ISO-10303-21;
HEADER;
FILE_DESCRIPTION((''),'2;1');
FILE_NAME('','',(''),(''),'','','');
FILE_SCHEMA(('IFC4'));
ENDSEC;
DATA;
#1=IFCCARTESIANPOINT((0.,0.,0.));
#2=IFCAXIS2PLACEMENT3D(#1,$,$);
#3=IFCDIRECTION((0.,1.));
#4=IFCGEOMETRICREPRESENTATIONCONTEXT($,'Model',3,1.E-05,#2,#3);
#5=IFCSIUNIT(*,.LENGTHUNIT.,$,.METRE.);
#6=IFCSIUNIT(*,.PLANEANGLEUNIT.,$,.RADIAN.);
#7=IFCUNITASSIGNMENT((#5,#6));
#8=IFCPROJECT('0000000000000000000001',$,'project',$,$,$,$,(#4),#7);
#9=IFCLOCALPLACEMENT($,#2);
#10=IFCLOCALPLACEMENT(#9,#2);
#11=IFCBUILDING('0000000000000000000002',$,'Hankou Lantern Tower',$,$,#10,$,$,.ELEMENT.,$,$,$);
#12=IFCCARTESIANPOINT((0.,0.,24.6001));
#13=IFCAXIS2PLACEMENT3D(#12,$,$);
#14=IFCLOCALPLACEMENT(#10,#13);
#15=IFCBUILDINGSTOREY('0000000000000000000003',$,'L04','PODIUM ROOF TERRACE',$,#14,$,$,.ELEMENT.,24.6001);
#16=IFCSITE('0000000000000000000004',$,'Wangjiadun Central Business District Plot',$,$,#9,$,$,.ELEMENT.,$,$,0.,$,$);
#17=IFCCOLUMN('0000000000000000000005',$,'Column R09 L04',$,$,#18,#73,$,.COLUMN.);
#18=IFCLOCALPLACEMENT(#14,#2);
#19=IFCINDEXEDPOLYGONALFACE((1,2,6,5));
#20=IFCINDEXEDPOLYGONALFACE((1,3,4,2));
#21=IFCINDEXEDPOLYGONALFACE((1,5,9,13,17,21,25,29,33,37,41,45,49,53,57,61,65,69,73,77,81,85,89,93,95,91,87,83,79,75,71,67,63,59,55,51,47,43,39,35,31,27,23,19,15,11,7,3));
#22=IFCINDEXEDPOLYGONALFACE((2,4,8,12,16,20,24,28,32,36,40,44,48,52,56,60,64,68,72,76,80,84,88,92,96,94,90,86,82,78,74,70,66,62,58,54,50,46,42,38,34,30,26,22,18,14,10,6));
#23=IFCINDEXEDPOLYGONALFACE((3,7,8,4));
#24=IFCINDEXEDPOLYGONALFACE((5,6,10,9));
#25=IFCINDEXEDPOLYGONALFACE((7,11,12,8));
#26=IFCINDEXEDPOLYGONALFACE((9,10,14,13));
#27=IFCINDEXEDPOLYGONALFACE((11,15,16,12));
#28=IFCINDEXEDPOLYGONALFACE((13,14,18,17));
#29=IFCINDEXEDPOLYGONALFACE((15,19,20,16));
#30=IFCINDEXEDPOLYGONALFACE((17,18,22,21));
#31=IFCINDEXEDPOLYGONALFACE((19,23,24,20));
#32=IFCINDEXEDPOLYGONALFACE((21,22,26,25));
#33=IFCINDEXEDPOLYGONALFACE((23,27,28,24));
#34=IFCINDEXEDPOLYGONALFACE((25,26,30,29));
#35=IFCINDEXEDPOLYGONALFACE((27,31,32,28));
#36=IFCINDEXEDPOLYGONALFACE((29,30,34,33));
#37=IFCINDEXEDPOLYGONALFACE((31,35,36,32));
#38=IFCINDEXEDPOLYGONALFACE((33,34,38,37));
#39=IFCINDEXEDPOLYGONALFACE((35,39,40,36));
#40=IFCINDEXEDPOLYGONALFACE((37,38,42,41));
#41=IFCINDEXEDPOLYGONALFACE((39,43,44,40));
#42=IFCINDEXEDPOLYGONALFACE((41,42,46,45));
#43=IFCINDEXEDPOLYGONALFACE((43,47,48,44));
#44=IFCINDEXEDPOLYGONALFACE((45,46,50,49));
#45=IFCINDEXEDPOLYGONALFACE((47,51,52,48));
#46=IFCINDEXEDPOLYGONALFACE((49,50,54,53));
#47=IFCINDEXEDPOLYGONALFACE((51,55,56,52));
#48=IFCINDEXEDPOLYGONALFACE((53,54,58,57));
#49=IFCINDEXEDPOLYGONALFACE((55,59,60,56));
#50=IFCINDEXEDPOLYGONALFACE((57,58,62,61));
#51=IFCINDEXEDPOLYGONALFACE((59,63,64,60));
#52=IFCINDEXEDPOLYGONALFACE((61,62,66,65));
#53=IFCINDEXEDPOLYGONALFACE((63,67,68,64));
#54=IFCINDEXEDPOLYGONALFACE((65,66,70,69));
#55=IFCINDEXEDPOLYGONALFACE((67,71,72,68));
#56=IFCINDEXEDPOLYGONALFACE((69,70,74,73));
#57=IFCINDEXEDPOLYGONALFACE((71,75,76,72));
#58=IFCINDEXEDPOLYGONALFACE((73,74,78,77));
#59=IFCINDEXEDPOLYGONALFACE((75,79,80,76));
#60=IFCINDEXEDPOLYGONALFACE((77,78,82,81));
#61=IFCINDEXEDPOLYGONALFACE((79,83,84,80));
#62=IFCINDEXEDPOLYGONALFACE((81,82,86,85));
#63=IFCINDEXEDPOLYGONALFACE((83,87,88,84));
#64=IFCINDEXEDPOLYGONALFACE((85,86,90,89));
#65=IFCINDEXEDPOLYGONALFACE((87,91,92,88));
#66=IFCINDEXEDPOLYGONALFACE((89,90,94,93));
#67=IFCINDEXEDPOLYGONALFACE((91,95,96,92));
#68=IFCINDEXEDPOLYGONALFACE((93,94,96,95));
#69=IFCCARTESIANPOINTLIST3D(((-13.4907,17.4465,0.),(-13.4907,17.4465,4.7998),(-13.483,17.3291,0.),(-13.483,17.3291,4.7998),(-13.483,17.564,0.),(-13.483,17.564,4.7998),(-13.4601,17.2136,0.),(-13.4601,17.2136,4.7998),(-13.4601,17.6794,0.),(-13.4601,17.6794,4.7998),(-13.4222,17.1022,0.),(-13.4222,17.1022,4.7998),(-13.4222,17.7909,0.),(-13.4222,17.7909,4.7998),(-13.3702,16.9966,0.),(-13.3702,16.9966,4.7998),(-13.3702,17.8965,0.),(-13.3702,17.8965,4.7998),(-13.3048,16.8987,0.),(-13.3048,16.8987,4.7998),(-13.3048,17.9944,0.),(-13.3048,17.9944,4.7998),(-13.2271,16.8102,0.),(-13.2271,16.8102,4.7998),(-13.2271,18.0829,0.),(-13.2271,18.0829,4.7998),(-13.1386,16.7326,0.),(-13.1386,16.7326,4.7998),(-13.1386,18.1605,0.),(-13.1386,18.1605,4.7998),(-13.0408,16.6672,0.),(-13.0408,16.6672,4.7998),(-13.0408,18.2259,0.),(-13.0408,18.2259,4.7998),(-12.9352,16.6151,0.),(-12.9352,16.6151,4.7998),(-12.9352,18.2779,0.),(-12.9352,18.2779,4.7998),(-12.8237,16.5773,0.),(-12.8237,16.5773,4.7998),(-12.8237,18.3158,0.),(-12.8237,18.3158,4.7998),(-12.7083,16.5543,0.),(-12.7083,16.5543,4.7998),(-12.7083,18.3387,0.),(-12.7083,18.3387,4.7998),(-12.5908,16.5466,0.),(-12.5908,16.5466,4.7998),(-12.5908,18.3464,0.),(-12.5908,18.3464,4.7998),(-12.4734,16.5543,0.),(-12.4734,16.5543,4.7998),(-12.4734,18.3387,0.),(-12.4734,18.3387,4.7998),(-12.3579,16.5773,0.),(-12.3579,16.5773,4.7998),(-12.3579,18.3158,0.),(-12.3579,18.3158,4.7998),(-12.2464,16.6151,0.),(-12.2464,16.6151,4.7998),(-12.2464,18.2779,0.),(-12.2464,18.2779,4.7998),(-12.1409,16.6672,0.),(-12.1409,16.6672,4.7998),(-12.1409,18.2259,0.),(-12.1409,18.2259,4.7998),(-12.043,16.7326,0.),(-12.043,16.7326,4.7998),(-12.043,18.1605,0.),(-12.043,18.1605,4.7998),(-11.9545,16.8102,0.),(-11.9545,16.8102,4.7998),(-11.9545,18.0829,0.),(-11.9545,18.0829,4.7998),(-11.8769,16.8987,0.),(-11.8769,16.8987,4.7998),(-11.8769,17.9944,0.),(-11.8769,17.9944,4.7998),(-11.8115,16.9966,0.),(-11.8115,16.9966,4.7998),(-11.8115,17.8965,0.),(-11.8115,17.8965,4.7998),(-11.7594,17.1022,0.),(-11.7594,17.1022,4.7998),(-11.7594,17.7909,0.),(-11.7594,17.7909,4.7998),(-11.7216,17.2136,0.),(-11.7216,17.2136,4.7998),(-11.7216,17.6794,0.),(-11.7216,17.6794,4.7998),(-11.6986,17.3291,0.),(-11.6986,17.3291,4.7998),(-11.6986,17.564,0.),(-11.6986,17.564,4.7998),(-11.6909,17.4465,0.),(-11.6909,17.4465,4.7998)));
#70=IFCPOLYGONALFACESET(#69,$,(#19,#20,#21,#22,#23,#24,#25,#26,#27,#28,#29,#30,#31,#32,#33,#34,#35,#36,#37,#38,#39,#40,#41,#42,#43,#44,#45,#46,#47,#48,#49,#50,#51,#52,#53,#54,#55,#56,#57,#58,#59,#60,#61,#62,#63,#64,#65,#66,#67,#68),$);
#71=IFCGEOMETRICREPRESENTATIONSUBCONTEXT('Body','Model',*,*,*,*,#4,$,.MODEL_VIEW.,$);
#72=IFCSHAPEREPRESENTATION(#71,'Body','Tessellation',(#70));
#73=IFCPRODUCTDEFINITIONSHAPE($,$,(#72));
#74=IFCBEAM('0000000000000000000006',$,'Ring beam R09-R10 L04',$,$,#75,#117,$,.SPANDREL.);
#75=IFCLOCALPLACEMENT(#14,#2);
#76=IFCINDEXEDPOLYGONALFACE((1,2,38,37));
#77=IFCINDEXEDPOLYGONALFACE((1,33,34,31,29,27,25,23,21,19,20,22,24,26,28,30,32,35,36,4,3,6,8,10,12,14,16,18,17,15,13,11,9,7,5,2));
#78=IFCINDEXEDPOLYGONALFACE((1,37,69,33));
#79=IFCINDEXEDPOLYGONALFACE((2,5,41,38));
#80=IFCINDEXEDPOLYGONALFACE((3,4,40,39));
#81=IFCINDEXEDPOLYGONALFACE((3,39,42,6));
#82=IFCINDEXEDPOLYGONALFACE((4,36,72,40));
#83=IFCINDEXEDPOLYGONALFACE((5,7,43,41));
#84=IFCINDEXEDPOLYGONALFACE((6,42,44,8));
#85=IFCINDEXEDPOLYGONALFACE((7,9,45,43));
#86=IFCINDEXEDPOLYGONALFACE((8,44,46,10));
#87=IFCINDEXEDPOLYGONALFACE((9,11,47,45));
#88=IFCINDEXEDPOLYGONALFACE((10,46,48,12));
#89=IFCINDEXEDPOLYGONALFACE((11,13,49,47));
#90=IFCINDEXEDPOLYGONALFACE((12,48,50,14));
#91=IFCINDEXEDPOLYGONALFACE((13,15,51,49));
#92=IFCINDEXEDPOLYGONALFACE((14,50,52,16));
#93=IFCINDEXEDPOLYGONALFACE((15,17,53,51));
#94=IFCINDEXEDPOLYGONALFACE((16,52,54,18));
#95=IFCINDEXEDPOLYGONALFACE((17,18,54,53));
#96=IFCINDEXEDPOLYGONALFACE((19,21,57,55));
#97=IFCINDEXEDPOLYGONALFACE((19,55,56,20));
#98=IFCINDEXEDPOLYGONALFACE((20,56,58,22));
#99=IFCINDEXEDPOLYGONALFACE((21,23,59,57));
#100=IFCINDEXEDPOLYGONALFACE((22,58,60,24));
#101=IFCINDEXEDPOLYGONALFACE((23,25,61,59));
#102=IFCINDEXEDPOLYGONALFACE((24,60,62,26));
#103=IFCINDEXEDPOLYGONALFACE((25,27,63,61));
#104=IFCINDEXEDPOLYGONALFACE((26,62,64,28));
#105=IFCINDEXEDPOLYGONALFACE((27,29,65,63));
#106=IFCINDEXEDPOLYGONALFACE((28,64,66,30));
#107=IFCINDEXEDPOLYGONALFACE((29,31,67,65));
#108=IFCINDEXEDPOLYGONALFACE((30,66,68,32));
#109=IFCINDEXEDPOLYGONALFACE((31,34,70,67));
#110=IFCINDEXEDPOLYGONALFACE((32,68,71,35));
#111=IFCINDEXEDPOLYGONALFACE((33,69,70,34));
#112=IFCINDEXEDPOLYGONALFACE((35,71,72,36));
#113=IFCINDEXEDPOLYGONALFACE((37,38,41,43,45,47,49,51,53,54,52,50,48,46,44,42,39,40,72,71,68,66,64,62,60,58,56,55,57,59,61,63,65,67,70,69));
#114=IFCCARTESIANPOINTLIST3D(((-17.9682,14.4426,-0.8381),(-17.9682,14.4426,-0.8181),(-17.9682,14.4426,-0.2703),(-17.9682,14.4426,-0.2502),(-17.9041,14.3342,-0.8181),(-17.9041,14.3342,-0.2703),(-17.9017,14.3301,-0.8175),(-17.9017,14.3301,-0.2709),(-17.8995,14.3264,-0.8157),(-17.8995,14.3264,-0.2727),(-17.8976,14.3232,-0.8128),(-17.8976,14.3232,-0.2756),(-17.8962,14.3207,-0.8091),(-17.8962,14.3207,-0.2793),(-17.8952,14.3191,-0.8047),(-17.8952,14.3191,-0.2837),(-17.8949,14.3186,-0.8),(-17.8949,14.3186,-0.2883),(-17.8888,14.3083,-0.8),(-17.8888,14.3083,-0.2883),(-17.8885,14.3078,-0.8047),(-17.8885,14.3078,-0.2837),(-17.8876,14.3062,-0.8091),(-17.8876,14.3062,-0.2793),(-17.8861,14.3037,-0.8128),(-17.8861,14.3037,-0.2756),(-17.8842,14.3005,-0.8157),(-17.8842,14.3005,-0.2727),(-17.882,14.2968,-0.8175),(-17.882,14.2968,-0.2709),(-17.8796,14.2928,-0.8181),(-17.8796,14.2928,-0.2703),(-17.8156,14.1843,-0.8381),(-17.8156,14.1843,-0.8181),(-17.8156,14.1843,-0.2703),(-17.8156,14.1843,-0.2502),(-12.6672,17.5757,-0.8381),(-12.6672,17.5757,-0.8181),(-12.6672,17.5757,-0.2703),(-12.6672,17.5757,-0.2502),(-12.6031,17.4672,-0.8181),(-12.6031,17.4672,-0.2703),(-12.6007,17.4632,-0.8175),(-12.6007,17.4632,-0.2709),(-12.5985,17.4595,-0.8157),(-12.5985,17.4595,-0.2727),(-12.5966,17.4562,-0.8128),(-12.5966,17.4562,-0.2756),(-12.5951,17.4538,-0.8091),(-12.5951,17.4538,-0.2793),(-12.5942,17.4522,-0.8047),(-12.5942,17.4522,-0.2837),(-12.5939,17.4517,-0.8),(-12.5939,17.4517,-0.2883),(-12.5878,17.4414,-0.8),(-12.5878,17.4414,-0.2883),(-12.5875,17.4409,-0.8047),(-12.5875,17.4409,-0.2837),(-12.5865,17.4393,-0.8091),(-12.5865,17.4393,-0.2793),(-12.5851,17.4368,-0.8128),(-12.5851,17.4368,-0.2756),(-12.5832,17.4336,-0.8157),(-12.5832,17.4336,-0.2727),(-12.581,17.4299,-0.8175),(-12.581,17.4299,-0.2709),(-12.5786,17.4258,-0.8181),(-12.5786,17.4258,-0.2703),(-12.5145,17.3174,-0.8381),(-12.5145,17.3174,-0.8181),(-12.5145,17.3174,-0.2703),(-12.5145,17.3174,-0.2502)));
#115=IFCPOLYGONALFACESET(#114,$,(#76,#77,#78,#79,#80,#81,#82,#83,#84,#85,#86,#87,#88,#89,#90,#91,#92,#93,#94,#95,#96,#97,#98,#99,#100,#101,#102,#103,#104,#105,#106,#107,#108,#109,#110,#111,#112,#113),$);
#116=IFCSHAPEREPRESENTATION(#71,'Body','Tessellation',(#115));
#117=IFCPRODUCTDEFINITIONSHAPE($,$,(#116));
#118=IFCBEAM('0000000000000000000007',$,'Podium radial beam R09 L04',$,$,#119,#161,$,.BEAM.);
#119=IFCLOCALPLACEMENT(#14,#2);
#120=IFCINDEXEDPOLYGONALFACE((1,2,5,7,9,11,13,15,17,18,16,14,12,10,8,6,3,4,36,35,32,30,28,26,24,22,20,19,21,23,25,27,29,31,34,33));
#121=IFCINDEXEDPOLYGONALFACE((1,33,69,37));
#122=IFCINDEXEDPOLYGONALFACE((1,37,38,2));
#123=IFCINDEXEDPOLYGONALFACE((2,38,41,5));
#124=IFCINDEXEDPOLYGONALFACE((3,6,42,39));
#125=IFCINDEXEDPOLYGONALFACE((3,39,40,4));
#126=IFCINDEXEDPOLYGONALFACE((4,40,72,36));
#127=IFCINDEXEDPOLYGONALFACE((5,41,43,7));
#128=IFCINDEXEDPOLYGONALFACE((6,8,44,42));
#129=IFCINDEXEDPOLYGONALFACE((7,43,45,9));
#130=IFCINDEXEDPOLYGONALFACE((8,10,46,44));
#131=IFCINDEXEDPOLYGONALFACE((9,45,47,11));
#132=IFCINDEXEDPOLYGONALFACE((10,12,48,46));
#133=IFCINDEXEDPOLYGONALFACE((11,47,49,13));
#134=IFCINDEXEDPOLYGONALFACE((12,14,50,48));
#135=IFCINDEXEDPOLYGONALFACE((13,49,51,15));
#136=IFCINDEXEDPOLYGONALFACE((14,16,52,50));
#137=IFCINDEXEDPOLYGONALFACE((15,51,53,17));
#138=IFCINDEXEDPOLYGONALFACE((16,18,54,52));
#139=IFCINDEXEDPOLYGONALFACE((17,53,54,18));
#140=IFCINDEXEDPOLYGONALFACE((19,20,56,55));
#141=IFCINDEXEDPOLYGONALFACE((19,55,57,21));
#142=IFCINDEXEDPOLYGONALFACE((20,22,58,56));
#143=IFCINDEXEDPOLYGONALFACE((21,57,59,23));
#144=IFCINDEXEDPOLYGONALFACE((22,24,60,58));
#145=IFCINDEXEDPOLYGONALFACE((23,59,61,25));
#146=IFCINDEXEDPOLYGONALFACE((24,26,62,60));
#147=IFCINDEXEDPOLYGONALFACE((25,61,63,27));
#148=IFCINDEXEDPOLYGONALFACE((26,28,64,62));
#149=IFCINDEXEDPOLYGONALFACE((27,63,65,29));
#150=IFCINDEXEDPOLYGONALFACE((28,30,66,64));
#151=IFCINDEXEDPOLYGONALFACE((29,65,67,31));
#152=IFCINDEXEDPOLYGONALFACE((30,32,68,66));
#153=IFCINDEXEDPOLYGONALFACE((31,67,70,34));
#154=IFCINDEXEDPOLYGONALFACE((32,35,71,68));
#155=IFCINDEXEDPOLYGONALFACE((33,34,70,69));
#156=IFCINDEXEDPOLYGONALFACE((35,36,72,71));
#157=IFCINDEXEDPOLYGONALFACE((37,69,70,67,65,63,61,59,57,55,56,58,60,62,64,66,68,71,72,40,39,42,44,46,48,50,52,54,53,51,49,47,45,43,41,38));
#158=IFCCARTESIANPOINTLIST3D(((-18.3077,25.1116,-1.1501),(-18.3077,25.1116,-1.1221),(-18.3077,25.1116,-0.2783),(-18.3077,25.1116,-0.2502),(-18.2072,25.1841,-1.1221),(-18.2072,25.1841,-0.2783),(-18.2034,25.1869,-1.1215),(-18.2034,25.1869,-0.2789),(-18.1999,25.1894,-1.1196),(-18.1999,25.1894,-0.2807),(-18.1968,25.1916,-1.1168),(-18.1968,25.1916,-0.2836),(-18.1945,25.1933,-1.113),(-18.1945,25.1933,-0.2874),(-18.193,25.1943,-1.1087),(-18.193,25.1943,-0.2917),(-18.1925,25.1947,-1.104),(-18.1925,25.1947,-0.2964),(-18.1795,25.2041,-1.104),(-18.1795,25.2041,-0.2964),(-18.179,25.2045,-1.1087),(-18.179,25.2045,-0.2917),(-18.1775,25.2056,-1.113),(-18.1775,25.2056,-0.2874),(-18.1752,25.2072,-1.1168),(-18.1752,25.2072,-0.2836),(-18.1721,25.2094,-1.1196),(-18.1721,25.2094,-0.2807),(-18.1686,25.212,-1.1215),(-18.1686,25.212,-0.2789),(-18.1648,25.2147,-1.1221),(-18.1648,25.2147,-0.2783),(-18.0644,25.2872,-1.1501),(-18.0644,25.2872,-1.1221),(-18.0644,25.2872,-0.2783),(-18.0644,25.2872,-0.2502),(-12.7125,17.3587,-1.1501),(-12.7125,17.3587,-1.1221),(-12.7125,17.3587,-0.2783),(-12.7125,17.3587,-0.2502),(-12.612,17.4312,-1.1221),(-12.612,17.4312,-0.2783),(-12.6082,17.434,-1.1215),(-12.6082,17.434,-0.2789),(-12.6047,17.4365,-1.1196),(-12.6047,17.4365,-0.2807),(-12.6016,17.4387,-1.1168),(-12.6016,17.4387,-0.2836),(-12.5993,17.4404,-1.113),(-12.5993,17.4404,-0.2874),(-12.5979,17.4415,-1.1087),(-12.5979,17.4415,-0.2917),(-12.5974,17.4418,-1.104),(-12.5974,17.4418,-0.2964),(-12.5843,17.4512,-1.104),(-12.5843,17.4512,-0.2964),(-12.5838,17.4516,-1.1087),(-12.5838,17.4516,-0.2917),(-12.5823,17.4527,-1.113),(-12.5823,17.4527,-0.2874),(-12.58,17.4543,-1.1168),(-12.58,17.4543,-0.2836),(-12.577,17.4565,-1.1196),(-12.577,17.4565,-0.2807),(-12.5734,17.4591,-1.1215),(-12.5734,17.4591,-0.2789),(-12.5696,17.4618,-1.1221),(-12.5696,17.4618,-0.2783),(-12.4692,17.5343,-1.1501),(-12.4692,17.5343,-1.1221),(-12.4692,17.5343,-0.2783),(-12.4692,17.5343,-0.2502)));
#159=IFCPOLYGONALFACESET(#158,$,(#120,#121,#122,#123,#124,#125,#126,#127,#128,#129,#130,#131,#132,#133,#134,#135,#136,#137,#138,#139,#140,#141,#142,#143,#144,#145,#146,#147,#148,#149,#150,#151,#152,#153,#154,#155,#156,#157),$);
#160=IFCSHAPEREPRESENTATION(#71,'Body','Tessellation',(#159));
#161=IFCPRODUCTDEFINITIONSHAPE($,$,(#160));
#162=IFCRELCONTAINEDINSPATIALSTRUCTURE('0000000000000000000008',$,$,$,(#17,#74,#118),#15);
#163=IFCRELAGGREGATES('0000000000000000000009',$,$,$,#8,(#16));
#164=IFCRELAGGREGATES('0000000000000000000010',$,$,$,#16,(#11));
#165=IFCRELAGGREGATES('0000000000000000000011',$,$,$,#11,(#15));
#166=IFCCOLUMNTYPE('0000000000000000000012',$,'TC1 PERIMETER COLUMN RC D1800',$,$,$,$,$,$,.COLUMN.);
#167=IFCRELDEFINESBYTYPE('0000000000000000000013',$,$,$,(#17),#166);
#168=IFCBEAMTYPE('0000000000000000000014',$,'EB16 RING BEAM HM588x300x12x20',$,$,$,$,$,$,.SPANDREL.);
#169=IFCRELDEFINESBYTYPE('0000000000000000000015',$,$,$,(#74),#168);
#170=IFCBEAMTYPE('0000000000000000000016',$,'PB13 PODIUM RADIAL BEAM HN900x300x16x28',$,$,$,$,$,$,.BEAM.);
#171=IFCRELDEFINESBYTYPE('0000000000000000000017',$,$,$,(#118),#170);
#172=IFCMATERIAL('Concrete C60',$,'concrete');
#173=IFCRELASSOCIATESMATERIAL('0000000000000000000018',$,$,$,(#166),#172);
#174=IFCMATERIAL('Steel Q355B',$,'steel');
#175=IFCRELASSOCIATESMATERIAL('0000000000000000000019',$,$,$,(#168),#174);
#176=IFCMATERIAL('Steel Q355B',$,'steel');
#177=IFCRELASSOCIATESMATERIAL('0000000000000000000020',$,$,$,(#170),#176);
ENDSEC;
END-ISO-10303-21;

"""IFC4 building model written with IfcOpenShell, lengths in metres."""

from ifc_helpers import new_model, si_unit, direction, frame, origin, origin_2d, place, context, subcontext, project, spatial, circle, i_section, extrude, material, material_profile, profile_set, type_object, element, save


model = new_model("IFC4")

# Units and contexts
model_context = context("Model", 3, precision=1e-05, world=origin(), true_north=direction((0.0, 1.0)))
body_context = subcontext(model_context, "Body", "Model", "MODEL_VIEW")
ifc_project = project(units=[si_unit("LENGTHUNIT", "METRE"), si_unit("PLANEANGLEUNIT", "RADIAN")], contexts=[model_context])

# Site, building, storey
site_placement = place(None, origin())
site = spatial("IfcSite", under=ifc_project, at=site_placement, Name="Wangjiadun Central Business District Plot", CompositionType="ELEMENT", RefElevation=0.0)
building_placement = place(site_placement, origin())
building = spatial("IfcBuilding", under=site, at=building_placement, Name="Hankou Lantern Tower", CompositionType="ELEMENT")
storey_placement = place(building_placement, frame((0.0, 0.0, 24.6001)))
storey = spatial("IfcBuildingStorey", under=building, at=storey_placement, Name="L04", Description="PODIUM ROOF TERRACE", CompositionType="ELEMENT", Elevation=24.6001)

# Column
ifc_material_1 = material(Name="Concrete C60", Category="concrete")
ifc_material_profile_1 = material_profile(ifc_material_1, circle(Radius=0.8999, at=origin_2d()), Name="RC D1800")
ifc_profile_set_1 = profile_set([ifc_material_profile_1], Name="Concrete C60")
column_type = type_object("IfcColumnType", Name="TC1 PERIMETER COLUMN RC D1800", PredefinedType="COLUMN", material=ifc_profile_set_1)
column_placement = place(storey_placement, frame((-12.5908, 17.4465, 0.0), z_axis=(0.0, 0.0, 1.0), x_axis=(1.0, 0.0, 0.0)))
element("IfcColumn", 1, at=column_placement, inside=storey, type_object=column_type, Name="Column R09 L04", PredefinedType="COLUMN", context=body_context, shape_type="SweptSolid", body=[
    extrude(circle(Radius=0.8999, at=origin_2d()), origin(), (0.0, 0.0, 1.0), 4.7998),
])

# Beams
ifc_material_2 = material(Name="Steel Q355B", Category="steel")
ifc_material_profile_2 = material_profile(ifc_material_2, i_section(OverallWidth=0.3, OverallDepth=0.5879, WebThickness=0.012, FlangeThickness=0.02, FilletRadius=0.0181, at=origin_2d()), Name="HM588x300x12x20")
ifc_profile_set_2 = profile_set([ifc_material_profile_2], Name="Steel Q355B")
beam_type_1 = type_object("IfcBeamType", Name="EB16 RING BEAM HM588x300x12x20", PredefinedType="SPANDREL", material=ifc_profile_set_2)
beam_1_placement = place(storey_placement, frame((-12.5908, 17.4465, -0.5442), z_axis=(-0.860882, -0.508805, 0.0), x_axis=(0.508805, -0.860882, 0.0)))
element("IfcBeam", 2, at=beam_1_placement, inside=storey, type_object=beam_type_1, Name="Ring beam R09-R10 L04", PredefinedType="SPANDREL", context=body_context, shape_type="SweptSolid", body=[
    extrude(i_section(OverallWidth=0.3, OverallDepth=0.5879, WebThickness=0.012, FlangeThickness=0.02, FilletRadius=0.0181, at=origin_2d()), origin(), (0.0, 0.0, 1.0), 6.1577),
])
ifc_material_3 = material(Name="Steel Q355B", Category="steel")
ifc_material_profile_3 = material_profile(ifc_material_3, i_section(OverallWidth=0.3, OverallDepth=0.8999, WebThickness=0.0161, FlangeThickness=0.0281, FilletRadius=0.0181, at=origin_2d()), Name="HN900x300x16x28")
ifc_profile_set_3 = profile_set([ifc_material_profile_3], Name="Steel Q355B")
beam_type_2 = type_object("IfcBeamType", Name="PB13 PODIUM RADIAL BEAM HN900x300x16x28", PredefinedType="BEAM", material=ifc_profile_set_3)
beam_2_placement = place(storey_placement, frame((-12.5908, 17.4465, -0.7002), z_axis=(-0.585207, 0.810884, 0.0), x_axis=(-0.810884, -0.585207, 0.0)))
element("IfcBeam", 3, at=beam_2_placement, inside=storey, type_object=beam_type_2, Name="Podium radial beam R09 L04", PredefinedType="BEAM", context=body_context, shape_type="SweptSolid", body=[
    extrude(i_section(OverallWidth=0.3, OverallDepth=0.8999, WebThickness=0.0161, FlangeThickness=0.0281, FilletRadius=0.0181, at=origin_2d()), origin(), (0.0, 0.0, 1.0), 9.561),
])

save(model, "model.ifc")
